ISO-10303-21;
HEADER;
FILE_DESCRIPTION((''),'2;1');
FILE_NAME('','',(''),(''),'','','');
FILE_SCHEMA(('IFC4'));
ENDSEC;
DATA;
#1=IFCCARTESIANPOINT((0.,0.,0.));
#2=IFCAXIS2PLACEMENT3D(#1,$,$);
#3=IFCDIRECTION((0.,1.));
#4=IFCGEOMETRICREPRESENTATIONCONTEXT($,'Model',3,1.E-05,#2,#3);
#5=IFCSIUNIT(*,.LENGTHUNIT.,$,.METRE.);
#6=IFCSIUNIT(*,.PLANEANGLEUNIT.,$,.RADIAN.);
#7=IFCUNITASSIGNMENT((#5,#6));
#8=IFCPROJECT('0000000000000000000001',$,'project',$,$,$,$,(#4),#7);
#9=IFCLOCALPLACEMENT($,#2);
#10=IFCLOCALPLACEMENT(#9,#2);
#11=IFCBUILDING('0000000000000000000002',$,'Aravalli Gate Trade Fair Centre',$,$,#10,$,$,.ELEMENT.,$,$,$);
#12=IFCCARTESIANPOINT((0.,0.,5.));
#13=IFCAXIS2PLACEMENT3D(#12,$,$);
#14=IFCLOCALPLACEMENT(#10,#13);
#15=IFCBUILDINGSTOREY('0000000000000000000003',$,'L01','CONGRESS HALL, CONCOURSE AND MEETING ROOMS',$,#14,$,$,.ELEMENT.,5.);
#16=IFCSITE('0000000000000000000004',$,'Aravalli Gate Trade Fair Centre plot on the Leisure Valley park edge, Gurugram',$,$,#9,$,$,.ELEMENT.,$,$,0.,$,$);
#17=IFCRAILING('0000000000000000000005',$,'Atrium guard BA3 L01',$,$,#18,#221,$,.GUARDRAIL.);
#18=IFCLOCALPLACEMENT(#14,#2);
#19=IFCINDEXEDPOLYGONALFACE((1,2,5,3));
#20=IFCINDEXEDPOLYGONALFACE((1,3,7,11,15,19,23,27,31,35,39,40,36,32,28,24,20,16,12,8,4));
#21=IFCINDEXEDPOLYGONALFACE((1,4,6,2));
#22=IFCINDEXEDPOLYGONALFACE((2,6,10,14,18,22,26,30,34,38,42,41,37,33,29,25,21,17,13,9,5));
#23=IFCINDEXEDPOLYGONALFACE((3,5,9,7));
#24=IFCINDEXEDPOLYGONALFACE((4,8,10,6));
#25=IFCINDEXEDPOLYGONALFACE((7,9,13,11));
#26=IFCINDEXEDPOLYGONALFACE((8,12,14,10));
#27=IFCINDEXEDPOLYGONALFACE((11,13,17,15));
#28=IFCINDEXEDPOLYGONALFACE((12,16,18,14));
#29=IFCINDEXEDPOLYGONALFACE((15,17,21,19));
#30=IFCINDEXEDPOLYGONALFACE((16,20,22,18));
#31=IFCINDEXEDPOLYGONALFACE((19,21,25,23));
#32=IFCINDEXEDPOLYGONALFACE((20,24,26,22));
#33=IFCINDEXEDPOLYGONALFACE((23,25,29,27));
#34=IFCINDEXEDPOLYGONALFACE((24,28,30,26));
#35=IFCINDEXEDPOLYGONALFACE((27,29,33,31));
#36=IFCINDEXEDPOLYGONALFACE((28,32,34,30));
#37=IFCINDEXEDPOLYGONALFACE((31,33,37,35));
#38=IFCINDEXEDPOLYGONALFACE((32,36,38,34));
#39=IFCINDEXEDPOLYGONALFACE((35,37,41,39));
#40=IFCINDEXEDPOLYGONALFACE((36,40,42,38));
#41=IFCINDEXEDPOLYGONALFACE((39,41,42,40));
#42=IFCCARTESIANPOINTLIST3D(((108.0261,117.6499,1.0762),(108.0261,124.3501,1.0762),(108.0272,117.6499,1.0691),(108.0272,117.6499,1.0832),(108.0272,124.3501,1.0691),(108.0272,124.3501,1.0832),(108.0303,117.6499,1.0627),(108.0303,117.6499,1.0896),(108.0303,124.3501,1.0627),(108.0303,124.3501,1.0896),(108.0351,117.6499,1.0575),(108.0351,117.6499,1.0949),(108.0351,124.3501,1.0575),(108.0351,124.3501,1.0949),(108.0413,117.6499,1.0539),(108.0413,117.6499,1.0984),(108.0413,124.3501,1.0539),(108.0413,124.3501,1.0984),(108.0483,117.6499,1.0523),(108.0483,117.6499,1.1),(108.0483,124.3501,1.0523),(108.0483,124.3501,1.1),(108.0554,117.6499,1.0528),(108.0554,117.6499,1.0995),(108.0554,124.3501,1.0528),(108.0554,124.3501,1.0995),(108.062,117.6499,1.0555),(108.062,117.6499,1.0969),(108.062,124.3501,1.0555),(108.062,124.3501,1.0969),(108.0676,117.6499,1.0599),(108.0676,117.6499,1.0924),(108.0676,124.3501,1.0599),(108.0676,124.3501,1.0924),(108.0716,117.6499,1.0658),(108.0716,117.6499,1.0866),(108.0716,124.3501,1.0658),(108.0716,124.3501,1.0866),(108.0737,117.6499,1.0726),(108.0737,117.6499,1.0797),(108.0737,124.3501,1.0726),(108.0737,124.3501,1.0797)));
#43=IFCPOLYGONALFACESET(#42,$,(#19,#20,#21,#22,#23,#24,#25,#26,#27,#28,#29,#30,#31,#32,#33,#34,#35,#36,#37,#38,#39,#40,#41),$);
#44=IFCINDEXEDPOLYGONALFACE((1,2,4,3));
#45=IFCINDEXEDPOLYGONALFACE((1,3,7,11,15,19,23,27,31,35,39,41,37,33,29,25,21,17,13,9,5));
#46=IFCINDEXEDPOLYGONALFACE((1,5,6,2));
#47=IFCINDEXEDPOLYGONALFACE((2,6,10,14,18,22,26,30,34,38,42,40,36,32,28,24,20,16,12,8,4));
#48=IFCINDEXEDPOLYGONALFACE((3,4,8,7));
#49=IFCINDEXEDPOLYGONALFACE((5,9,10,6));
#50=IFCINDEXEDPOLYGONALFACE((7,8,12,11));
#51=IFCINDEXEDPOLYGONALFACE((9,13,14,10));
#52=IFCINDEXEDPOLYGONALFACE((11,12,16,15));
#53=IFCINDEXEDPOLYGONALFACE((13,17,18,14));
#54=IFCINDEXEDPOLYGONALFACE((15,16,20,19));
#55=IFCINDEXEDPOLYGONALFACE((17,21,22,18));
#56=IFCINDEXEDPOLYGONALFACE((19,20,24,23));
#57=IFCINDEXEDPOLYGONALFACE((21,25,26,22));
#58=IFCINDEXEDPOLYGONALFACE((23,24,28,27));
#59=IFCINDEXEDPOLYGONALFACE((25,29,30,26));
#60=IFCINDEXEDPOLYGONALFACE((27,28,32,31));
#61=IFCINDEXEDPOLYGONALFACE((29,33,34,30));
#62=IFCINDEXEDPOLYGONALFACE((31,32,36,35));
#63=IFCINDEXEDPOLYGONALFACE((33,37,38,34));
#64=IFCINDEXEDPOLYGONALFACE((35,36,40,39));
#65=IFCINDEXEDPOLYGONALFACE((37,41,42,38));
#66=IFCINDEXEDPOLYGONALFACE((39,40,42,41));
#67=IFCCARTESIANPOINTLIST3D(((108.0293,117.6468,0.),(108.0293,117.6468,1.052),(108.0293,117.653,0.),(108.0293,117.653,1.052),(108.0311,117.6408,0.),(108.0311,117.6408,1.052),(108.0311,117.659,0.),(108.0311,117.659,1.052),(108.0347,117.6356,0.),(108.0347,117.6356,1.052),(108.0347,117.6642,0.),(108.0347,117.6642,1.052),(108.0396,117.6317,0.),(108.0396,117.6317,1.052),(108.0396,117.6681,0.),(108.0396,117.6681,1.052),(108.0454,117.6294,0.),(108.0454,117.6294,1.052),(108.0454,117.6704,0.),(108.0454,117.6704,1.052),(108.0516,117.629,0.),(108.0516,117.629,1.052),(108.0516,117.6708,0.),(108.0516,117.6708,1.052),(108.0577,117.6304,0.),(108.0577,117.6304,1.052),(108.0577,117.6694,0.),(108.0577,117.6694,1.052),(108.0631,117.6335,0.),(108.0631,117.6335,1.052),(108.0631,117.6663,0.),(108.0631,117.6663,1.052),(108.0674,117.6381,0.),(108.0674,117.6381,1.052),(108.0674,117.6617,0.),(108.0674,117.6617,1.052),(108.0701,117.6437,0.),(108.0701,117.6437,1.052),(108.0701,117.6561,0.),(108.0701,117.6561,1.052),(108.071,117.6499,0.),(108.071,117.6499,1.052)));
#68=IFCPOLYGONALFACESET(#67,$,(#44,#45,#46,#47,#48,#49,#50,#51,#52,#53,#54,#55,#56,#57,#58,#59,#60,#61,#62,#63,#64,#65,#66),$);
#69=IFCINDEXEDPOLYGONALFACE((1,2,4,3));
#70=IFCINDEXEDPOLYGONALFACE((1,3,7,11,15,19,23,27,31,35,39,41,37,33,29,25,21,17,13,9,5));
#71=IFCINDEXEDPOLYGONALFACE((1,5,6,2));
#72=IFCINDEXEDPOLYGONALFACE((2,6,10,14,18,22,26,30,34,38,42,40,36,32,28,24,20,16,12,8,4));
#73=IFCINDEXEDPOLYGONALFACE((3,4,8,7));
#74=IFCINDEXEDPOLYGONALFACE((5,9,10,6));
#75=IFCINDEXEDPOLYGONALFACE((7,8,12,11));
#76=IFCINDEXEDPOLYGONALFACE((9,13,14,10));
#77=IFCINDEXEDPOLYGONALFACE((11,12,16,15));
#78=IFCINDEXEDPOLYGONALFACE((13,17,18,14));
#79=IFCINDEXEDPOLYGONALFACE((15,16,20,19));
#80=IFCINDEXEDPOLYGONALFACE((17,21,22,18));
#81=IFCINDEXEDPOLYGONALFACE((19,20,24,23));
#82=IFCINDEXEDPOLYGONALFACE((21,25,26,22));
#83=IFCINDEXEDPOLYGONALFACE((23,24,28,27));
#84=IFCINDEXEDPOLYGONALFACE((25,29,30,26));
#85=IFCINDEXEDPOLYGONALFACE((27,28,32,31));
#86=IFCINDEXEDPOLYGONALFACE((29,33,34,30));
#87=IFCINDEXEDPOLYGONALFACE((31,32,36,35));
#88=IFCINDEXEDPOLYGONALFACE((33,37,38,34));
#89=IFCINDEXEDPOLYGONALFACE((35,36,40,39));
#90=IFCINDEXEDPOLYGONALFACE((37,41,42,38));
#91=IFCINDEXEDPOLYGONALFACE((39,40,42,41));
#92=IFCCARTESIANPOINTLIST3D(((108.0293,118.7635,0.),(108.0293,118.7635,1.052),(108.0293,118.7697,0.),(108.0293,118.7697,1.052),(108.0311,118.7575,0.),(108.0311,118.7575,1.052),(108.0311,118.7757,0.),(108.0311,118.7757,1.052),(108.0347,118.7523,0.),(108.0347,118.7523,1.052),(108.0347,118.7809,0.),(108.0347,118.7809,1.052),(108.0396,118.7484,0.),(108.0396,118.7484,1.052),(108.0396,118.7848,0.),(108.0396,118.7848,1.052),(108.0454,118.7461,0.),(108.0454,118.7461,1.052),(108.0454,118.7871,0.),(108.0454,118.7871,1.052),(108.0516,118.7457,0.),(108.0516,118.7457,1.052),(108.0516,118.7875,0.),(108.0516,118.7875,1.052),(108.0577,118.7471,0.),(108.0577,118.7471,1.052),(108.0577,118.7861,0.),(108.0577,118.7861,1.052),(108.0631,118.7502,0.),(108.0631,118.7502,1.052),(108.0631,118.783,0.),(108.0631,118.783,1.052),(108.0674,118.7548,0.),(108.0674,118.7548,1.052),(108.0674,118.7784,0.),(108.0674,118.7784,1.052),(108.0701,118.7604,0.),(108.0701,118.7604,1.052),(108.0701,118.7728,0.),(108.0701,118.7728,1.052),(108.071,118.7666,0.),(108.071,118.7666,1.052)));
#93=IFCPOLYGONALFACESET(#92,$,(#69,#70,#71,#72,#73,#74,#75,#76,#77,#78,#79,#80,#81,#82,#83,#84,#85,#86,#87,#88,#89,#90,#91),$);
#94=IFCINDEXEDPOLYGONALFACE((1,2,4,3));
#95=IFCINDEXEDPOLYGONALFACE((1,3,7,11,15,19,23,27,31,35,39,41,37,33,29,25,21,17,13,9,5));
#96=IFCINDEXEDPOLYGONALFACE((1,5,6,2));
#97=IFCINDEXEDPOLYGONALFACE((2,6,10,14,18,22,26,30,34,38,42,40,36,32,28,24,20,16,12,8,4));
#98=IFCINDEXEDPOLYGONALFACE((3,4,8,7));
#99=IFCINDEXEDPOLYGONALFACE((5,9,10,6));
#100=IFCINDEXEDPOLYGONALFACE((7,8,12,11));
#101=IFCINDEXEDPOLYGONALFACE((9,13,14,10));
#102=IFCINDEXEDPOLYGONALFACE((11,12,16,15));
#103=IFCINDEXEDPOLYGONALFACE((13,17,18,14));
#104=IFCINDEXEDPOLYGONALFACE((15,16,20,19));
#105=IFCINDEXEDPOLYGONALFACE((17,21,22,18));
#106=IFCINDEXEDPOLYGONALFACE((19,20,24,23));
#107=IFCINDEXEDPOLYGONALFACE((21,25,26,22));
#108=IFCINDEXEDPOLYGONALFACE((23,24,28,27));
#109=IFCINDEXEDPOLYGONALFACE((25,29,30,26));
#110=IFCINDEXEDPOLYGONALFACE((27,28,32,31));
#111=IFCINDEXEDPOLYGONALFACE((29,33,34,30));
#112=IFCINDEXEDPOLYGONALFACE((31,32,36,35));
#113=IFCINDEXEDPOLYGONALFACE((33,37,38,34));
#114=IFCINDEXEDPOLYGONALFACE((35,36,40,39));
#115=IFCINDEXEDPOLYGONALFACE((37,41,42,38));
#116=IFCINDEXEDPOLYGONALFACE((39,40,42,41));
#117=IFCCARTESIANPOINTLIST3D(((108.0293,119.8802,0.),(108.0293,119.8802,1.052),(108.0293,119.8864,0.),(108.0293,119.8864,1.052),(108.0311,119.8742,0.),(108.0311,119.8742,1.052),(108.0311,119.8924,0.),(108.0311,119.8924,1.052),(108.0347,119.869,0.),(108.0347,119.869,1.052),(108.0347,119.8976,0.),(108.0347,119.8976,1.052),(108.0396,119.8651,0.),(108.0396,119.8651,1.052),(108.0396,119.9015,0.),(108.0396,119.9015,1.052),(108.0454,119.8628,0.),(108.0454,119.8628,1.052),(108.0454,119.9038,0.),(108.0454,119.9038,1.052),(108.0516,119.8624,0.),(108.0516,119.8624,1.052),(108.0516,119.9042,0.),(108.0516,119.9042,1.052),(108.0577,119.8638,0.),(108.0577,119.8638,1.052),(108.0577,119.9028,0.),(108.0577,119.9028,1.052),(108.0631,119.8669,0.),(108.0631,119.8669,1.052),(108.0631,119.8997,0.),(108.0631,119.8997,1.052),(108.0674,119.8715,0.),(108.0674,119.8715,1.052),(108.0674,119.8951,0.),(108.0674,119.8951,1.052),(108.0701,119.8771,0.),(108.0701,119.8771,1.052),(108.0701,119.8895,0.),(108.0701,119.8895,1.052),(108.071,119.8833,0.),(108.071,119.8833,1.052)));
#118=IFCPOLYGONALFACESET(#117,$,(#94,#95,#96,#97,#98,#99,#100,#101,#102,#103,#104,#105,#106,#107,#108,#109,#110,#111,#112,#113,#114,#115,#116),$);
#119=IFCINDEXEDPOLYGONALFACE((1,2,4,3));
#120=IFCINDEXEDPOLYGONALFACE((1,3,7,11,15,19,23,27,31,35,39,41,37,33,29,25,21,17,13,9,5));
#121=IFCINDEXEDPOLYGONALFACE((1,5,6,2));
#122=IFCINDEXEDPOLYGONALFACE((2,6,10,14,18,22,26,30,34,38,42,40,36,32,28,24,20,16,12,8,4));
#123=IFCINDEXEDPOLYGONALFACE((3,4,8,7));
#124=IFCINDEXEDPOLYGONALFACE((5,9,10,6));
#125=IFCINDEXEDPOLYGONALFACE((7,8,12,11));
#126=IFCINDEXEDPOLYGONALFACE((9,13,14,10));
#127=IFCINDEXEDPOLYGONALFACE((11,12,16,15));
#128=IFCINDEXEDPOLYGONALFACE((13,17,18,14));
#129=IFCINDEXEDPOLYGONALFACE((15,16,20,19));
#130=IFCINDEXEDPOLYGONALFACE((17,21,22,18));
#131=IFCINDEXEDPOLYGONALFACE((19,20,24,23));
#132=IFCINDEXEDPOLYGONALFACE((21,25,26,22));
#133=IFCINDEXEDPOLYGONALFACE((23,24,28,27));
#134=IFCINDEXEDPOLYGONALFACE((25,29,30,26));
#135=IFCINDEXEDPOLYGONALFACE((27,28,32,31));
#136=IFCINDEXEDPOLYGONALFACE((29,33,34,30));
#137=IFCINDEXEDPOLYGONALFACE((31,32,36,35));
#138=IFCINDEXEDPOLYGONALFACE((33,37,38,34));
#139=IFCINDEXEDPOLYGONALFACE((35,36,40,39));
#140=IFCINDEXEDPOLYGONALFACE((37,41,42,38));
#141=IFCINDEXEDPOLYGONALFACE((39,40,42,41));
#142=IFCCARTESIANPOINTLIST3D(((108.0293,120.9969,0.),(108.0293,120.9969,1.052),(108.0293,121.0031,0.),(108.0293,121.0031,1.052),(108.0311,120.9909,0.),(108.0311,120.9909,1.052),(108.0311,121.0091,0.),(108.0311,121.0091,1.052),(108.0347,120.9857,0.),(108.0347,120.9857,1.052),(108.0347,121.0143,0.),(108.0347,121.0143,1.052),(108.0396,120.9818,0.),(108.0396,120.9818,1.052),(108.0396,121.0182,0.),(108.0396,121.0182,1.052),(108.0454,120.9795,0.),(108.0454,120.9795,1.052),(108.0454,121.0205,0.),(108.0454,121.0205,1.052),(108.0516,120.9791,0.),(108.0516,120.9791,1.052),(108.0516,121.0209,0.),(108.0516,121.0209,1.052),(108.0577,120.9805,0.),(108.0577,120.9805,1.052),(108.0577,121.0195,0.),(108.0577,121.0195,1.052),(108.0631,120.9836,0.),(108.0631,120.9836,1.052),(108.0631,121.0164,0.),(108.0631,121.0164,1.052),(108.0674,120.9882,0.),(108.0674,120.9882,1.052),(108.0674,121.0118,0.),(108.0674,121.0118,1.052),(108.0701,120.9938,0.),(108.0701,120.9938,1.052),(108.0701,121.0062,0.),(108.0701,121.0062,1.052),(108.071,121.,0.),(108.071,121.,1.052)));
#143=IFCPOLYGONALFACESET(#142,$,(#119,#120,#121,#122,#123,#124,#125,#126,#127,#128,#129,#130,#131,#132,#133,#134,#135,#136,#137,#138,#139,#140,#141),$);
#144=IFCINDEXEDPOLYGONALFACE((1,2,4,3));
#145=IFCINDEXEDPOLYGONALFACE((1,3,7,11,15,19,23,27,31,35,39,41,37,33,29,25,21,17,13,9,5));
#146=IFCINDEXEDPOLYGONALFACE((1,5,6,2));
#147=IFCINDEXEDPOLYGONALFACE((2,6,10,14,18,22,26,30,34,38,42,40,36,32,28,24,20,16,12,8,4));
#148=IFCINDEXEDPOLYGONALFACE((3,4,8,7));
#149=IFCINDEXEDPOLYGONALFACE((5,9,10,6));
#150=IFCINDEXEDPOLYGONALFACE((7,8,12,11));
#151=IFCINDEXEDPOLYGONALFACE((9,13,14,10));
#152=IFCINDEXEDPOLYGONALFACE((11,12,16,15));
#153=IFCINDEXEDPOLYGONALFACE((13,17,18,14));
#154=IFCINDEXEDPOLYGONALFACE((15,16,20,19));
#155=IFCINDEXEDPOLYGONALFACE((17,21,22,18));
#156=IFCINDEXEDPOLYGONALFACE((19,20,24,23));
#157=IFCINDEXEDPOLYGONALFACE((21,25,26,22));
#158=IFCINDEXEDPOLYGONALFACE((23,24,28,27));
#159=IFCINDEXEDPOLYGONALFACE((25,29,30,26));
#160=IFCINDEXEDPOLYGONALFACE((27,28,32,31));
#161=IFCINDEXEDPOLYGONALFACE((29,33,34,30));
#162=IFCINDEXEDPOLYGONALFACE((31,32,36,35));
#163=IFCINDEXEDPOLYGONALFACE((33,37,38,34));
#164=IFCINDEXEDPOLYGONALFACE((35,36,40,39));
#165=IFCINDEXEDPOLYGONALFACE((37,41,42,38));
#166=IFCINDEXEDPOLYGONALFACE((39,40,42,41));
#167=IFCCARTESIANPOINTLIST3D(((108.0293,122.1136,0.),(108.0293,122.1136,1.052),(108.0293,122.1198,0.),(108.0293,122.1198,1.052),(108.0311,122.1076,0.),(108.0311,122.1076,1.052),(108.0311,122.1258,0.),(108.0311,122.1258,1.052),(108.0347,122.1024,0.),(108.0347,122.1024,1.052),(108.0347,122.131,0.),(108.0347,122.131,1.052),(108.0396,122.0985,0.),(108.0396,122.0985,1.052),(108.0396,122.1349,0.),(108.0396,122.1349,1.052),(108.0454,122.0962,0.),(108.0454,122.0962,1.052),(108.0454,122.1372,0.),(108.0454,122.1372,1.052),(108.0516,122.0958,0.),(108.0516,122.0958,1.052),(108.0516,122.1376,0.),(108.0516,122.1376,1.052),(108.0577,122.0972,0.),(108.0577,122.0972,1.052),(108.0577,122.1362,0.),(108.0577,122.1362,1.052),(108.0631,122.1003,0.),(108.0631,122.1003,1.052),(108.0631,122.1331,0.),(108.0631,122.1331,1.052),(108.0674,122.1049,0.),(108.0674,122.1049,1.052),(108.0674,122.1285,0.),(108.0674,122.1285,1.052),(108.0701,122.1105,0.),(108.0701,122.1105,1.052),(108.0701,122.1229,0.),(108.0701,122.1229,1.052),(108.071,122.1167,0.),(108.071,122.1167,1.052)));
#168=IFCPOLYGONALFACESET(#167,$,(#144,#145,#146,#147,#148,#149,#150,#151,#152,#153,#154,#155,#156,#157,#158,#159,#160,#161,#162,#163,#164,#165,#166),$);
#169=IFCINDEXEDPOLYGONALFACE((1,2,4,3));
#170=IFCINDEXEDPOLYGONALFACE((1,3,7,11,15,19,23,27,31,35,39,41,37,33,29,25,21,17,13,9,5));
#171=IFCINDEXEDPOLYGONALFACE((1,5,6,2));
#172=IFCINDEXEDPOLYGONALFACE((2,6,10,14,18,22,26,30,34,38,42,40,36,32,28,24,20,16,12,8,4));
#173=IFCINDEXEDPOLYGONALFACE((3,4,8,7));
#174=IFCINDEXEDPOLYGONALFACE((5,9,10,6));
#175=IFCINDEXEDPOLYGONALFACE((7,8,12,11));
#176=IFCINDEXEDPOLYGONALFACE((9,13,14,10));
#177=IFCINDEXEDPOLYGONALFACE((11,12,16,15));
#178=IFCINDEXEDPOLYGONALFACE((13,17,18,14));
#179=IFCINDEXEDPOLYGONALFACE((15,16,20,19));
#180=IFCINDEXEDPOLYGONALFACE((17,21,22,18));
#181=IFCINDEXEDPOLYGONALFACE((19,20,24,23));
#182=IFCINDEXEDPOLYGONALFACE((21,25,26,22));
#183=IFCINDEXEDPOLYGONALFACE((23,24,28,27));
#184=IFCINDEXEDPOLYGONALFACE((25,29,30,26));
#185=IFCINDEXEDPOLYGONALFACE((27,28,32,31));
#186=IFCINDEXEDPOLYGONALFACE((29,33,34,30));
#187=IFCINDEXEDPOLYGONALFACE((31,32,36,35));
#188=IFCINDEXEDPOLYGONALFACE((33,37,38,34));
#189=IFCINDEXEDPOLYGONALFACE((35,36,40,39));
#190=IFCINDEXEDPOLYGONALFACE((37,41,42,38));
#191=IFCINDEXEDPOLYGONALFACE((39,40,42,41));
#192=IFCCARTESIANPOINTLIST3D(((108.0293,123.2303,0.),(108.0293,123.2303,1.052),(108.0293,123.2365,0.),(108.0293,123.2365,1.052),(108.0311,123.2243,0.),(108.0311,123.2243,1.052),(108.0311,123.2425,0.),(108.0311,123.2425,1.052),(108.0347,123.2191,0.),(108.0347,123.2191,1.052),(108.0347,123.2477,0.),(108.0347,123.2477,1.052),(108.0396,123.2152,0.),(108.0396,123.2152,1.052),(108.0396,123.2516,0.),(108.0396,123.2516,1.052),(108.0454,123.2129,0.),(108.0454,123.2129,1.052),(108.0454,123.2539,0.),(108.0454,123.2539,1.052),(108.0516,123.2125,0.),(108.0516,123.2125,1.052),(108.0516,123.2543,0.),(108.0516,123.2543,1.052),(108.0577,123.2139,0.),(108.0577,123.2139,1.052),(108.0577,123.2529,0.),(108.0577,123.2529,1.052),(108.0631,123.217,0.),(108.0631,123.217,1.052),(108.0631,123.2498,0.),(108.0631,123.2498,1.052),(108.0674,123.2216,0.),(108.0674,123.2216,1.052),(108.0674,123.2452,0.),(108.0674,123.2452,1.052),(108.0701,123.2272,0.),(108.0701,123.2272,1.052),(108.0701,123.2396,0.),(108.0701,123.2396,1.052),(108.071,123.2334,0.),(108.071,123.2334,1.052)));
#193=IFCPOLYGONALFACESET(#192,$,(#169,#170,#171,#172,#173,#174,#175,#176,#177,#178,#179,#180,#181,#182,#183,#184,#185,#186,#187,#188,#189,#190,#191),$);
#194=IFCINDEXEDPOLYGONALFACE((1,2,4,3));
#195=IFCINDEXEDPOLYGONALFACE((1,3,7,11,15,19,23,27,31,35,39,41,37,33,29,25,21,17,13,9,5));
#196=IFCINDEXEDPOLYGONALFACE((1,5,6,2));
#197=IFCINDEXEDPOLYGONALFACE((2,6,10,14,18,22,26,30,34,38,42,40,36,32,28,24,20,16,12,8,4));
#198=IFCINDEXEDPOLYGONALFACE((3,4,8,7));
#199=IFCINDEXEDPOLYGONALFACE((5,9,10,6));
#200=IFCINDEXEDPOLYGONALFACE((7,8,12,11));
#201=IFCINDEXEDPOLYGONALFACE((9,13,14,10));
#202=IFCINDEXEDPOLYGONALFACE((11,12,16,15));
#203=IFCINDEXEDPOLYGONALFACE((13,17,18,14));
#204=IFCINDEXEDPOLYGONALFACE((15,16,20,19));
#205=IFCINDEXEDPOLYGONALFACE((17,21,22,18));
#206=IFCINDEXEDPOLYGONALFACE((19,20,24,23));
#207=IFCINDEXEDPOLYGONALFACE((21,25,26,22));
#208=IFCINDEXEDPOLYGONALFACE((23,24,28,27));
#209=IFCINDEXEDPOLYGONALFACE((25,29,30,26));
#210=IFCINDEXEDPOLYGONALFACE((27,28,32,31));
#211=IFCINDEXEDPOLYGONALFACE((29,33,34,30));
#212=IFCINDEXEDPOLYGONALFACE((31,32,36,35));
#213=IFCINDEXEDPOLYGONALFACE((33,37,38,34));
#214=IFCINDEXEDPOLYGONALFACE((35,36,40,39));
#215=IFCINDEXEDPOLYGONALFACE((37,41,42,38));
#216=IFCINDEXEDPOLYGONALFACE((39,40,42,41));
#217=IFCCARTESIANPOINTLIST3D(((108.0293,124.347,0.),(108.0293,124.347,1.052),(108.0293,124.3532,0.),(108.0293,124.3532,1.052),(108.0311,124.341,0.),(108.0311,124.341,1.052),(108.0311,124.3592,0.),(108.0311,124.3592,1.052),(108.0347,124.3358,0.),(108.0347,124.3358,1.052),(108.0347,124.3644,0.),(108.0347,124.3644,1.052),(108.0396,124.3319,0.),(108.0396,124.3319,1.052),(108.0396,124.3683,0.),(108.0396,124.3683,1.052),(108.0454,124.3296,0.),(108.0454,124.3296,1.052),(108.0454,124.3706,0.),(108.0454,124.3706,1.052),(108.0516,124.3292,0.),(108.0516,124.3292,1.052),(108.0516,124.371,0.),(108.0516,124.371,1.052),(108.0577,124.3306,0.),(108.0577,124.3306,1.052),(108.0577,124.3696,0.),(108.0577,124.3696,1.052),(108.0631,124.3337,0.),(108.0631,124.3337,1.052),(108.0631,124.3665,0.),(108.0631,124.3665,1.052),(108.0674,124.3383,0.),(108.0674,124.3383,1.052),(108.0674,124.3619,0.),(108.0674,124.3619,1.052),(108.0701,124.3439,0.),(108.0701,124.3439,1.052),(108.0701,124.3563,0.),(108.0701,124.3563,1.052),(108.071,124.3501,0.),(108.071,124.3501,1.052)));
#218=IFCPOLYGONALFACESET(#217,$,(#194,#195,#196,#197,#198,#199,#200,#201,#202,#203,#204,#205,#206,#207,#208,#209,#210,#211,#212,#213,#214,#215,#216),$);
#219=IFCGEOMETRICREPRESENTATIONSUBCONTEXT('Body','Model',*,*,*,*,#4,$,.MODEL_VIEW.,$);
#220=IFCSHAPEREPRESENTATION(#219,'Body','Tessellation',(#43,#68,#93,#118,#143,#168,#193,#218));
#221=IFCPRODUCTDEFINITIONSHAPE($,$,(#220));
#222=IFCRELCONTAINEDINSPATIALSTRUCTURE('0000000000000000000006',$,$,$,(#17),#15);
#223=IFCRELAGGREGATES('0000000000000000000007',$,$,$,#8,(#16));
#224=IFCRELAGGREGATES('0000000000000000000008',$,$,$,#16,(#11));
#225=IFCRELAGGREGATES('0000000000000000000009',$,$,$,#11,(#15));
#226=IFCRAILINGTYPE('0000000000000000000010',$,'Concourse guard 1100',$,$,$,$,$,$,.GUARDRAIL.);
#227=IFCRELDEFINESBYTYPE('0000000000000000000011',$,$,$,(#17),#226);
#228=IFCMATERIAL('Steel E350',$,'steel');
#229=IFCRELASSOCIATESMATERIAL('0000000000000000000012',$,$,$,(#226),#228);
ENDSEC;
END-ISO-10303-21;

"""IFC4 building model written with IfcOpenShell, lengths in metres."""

from ifc_helpers import new_model, si_unit, direction, frame, origin, origin_2d, place, context, subcontext, project, spatial, circle, extrude, material, type_object, element, save


model = new_model("IFC4")

# Units and contexts
model_context = context("Model", 3, precision=1e-05, world=origin(), true_north=direction((0.0, 1.0)))
body_context = subcontext(model_context, "Body", "Model", "MODEL_VIEW")
ifc_project = project(units=[si_unit("LENGTHUNIT", "METRE"), si_unit("PLANEANGLEUNIT", "RADIAN")], contexts=[model_context])

# Site, building, storey
site_placement = place(None, origin())
site = spatial("IfcSite", under=ifc_project, at=site_placement, Name="Aravalli Gate Trade Fair Centre plot on the Leisure Valley park edge, Gurugram", CompositionType="ELEMENT", RefElevation=0.0)
building_placement = place(site_placement, origin())
building = spatial("IfcBuilding", under=site, at=building_placement, Name="Aravalli Gate Trade Fair Centre", CompositionType="ELEMENT")
storey_placement = place(building_placement, frame((0.0, 0.0, 5.0)))
storey = spatial("IfcBuildingStorey", under=building, at=storey_placement, Name="L01", Description="CONGRESS HALL, CONCOURSE AND MEETING ROOMS", CompositionType="ELEMENT", Elevation=5.0)

# Shared definitions
ifc_material_1 = material(Name="Steel E350", Category="steel")

# Railing
railing_type = type_object("IfcRailingType", Name="Concourse guard 1100", PredefinedType="GUARDRAIL", material=ifc_material_1)
for number, where, name in (
    (1, (108.05, 117.6499, 0.0), "Atrium guard BA3 L01"),
):
    element("IfcRailing", number, at=place(storey_placement, frame(where)), inside=storey, type_object=railing_type, Name=name, PredefinedType="GUARDRAIL", context=body_context, shape_type="SweptSolid", body=[
        extrude(circle(Radius=0.0239, at=origin_2d()), frame((0.0, 0.0, 1.0762), z_axis=(0.0, 1.0, 0.0), x_axis=(-1.0, 0.0, 0.0)), (0.0, 0.0, 1.0), 6.7002),
        extrude(circle(Radius=0.021, at=origin_2d()), origin(), (0.0, 0.0, 1.0), 1.052),
        extrude(circle(Radius=0.021, at=origin_2d()), frame((0.0, 1.1167, 0.0)), (0.0, 0.0, 1.0), 1.052),
        extrude(circle(Radius=0.021, at=origin_2d()), frame((0.0, 2.2334, 0.0)), (0.0, 0.0, 1.0), 1.052),
        extrude(circle(Radius=0.021, at=origin_2d()), frame((0.0, 3.3501, 0.0)), (0.0, 0.0, 1.0), 1.052),
        extrude(circle(Radius=0.021, at=origin_2d()), frame((0.0, 4.4668, 0.0)), (0.0, 0.0, 1.0), 1.052),
        extrude(circle(Radius=0.021, at=origin_2d()), frame((0.0, 5.5835, 0.0)), (0.0, 0.0, 1.0), 1.052),
        extrude(circle(Radius=0.021, at=origin_2d()), frame((0.0, 6.7002, 0.0)), (0.0, 0.0, 1.0), 1.052),
    ])

save(model, "model.ifc")
